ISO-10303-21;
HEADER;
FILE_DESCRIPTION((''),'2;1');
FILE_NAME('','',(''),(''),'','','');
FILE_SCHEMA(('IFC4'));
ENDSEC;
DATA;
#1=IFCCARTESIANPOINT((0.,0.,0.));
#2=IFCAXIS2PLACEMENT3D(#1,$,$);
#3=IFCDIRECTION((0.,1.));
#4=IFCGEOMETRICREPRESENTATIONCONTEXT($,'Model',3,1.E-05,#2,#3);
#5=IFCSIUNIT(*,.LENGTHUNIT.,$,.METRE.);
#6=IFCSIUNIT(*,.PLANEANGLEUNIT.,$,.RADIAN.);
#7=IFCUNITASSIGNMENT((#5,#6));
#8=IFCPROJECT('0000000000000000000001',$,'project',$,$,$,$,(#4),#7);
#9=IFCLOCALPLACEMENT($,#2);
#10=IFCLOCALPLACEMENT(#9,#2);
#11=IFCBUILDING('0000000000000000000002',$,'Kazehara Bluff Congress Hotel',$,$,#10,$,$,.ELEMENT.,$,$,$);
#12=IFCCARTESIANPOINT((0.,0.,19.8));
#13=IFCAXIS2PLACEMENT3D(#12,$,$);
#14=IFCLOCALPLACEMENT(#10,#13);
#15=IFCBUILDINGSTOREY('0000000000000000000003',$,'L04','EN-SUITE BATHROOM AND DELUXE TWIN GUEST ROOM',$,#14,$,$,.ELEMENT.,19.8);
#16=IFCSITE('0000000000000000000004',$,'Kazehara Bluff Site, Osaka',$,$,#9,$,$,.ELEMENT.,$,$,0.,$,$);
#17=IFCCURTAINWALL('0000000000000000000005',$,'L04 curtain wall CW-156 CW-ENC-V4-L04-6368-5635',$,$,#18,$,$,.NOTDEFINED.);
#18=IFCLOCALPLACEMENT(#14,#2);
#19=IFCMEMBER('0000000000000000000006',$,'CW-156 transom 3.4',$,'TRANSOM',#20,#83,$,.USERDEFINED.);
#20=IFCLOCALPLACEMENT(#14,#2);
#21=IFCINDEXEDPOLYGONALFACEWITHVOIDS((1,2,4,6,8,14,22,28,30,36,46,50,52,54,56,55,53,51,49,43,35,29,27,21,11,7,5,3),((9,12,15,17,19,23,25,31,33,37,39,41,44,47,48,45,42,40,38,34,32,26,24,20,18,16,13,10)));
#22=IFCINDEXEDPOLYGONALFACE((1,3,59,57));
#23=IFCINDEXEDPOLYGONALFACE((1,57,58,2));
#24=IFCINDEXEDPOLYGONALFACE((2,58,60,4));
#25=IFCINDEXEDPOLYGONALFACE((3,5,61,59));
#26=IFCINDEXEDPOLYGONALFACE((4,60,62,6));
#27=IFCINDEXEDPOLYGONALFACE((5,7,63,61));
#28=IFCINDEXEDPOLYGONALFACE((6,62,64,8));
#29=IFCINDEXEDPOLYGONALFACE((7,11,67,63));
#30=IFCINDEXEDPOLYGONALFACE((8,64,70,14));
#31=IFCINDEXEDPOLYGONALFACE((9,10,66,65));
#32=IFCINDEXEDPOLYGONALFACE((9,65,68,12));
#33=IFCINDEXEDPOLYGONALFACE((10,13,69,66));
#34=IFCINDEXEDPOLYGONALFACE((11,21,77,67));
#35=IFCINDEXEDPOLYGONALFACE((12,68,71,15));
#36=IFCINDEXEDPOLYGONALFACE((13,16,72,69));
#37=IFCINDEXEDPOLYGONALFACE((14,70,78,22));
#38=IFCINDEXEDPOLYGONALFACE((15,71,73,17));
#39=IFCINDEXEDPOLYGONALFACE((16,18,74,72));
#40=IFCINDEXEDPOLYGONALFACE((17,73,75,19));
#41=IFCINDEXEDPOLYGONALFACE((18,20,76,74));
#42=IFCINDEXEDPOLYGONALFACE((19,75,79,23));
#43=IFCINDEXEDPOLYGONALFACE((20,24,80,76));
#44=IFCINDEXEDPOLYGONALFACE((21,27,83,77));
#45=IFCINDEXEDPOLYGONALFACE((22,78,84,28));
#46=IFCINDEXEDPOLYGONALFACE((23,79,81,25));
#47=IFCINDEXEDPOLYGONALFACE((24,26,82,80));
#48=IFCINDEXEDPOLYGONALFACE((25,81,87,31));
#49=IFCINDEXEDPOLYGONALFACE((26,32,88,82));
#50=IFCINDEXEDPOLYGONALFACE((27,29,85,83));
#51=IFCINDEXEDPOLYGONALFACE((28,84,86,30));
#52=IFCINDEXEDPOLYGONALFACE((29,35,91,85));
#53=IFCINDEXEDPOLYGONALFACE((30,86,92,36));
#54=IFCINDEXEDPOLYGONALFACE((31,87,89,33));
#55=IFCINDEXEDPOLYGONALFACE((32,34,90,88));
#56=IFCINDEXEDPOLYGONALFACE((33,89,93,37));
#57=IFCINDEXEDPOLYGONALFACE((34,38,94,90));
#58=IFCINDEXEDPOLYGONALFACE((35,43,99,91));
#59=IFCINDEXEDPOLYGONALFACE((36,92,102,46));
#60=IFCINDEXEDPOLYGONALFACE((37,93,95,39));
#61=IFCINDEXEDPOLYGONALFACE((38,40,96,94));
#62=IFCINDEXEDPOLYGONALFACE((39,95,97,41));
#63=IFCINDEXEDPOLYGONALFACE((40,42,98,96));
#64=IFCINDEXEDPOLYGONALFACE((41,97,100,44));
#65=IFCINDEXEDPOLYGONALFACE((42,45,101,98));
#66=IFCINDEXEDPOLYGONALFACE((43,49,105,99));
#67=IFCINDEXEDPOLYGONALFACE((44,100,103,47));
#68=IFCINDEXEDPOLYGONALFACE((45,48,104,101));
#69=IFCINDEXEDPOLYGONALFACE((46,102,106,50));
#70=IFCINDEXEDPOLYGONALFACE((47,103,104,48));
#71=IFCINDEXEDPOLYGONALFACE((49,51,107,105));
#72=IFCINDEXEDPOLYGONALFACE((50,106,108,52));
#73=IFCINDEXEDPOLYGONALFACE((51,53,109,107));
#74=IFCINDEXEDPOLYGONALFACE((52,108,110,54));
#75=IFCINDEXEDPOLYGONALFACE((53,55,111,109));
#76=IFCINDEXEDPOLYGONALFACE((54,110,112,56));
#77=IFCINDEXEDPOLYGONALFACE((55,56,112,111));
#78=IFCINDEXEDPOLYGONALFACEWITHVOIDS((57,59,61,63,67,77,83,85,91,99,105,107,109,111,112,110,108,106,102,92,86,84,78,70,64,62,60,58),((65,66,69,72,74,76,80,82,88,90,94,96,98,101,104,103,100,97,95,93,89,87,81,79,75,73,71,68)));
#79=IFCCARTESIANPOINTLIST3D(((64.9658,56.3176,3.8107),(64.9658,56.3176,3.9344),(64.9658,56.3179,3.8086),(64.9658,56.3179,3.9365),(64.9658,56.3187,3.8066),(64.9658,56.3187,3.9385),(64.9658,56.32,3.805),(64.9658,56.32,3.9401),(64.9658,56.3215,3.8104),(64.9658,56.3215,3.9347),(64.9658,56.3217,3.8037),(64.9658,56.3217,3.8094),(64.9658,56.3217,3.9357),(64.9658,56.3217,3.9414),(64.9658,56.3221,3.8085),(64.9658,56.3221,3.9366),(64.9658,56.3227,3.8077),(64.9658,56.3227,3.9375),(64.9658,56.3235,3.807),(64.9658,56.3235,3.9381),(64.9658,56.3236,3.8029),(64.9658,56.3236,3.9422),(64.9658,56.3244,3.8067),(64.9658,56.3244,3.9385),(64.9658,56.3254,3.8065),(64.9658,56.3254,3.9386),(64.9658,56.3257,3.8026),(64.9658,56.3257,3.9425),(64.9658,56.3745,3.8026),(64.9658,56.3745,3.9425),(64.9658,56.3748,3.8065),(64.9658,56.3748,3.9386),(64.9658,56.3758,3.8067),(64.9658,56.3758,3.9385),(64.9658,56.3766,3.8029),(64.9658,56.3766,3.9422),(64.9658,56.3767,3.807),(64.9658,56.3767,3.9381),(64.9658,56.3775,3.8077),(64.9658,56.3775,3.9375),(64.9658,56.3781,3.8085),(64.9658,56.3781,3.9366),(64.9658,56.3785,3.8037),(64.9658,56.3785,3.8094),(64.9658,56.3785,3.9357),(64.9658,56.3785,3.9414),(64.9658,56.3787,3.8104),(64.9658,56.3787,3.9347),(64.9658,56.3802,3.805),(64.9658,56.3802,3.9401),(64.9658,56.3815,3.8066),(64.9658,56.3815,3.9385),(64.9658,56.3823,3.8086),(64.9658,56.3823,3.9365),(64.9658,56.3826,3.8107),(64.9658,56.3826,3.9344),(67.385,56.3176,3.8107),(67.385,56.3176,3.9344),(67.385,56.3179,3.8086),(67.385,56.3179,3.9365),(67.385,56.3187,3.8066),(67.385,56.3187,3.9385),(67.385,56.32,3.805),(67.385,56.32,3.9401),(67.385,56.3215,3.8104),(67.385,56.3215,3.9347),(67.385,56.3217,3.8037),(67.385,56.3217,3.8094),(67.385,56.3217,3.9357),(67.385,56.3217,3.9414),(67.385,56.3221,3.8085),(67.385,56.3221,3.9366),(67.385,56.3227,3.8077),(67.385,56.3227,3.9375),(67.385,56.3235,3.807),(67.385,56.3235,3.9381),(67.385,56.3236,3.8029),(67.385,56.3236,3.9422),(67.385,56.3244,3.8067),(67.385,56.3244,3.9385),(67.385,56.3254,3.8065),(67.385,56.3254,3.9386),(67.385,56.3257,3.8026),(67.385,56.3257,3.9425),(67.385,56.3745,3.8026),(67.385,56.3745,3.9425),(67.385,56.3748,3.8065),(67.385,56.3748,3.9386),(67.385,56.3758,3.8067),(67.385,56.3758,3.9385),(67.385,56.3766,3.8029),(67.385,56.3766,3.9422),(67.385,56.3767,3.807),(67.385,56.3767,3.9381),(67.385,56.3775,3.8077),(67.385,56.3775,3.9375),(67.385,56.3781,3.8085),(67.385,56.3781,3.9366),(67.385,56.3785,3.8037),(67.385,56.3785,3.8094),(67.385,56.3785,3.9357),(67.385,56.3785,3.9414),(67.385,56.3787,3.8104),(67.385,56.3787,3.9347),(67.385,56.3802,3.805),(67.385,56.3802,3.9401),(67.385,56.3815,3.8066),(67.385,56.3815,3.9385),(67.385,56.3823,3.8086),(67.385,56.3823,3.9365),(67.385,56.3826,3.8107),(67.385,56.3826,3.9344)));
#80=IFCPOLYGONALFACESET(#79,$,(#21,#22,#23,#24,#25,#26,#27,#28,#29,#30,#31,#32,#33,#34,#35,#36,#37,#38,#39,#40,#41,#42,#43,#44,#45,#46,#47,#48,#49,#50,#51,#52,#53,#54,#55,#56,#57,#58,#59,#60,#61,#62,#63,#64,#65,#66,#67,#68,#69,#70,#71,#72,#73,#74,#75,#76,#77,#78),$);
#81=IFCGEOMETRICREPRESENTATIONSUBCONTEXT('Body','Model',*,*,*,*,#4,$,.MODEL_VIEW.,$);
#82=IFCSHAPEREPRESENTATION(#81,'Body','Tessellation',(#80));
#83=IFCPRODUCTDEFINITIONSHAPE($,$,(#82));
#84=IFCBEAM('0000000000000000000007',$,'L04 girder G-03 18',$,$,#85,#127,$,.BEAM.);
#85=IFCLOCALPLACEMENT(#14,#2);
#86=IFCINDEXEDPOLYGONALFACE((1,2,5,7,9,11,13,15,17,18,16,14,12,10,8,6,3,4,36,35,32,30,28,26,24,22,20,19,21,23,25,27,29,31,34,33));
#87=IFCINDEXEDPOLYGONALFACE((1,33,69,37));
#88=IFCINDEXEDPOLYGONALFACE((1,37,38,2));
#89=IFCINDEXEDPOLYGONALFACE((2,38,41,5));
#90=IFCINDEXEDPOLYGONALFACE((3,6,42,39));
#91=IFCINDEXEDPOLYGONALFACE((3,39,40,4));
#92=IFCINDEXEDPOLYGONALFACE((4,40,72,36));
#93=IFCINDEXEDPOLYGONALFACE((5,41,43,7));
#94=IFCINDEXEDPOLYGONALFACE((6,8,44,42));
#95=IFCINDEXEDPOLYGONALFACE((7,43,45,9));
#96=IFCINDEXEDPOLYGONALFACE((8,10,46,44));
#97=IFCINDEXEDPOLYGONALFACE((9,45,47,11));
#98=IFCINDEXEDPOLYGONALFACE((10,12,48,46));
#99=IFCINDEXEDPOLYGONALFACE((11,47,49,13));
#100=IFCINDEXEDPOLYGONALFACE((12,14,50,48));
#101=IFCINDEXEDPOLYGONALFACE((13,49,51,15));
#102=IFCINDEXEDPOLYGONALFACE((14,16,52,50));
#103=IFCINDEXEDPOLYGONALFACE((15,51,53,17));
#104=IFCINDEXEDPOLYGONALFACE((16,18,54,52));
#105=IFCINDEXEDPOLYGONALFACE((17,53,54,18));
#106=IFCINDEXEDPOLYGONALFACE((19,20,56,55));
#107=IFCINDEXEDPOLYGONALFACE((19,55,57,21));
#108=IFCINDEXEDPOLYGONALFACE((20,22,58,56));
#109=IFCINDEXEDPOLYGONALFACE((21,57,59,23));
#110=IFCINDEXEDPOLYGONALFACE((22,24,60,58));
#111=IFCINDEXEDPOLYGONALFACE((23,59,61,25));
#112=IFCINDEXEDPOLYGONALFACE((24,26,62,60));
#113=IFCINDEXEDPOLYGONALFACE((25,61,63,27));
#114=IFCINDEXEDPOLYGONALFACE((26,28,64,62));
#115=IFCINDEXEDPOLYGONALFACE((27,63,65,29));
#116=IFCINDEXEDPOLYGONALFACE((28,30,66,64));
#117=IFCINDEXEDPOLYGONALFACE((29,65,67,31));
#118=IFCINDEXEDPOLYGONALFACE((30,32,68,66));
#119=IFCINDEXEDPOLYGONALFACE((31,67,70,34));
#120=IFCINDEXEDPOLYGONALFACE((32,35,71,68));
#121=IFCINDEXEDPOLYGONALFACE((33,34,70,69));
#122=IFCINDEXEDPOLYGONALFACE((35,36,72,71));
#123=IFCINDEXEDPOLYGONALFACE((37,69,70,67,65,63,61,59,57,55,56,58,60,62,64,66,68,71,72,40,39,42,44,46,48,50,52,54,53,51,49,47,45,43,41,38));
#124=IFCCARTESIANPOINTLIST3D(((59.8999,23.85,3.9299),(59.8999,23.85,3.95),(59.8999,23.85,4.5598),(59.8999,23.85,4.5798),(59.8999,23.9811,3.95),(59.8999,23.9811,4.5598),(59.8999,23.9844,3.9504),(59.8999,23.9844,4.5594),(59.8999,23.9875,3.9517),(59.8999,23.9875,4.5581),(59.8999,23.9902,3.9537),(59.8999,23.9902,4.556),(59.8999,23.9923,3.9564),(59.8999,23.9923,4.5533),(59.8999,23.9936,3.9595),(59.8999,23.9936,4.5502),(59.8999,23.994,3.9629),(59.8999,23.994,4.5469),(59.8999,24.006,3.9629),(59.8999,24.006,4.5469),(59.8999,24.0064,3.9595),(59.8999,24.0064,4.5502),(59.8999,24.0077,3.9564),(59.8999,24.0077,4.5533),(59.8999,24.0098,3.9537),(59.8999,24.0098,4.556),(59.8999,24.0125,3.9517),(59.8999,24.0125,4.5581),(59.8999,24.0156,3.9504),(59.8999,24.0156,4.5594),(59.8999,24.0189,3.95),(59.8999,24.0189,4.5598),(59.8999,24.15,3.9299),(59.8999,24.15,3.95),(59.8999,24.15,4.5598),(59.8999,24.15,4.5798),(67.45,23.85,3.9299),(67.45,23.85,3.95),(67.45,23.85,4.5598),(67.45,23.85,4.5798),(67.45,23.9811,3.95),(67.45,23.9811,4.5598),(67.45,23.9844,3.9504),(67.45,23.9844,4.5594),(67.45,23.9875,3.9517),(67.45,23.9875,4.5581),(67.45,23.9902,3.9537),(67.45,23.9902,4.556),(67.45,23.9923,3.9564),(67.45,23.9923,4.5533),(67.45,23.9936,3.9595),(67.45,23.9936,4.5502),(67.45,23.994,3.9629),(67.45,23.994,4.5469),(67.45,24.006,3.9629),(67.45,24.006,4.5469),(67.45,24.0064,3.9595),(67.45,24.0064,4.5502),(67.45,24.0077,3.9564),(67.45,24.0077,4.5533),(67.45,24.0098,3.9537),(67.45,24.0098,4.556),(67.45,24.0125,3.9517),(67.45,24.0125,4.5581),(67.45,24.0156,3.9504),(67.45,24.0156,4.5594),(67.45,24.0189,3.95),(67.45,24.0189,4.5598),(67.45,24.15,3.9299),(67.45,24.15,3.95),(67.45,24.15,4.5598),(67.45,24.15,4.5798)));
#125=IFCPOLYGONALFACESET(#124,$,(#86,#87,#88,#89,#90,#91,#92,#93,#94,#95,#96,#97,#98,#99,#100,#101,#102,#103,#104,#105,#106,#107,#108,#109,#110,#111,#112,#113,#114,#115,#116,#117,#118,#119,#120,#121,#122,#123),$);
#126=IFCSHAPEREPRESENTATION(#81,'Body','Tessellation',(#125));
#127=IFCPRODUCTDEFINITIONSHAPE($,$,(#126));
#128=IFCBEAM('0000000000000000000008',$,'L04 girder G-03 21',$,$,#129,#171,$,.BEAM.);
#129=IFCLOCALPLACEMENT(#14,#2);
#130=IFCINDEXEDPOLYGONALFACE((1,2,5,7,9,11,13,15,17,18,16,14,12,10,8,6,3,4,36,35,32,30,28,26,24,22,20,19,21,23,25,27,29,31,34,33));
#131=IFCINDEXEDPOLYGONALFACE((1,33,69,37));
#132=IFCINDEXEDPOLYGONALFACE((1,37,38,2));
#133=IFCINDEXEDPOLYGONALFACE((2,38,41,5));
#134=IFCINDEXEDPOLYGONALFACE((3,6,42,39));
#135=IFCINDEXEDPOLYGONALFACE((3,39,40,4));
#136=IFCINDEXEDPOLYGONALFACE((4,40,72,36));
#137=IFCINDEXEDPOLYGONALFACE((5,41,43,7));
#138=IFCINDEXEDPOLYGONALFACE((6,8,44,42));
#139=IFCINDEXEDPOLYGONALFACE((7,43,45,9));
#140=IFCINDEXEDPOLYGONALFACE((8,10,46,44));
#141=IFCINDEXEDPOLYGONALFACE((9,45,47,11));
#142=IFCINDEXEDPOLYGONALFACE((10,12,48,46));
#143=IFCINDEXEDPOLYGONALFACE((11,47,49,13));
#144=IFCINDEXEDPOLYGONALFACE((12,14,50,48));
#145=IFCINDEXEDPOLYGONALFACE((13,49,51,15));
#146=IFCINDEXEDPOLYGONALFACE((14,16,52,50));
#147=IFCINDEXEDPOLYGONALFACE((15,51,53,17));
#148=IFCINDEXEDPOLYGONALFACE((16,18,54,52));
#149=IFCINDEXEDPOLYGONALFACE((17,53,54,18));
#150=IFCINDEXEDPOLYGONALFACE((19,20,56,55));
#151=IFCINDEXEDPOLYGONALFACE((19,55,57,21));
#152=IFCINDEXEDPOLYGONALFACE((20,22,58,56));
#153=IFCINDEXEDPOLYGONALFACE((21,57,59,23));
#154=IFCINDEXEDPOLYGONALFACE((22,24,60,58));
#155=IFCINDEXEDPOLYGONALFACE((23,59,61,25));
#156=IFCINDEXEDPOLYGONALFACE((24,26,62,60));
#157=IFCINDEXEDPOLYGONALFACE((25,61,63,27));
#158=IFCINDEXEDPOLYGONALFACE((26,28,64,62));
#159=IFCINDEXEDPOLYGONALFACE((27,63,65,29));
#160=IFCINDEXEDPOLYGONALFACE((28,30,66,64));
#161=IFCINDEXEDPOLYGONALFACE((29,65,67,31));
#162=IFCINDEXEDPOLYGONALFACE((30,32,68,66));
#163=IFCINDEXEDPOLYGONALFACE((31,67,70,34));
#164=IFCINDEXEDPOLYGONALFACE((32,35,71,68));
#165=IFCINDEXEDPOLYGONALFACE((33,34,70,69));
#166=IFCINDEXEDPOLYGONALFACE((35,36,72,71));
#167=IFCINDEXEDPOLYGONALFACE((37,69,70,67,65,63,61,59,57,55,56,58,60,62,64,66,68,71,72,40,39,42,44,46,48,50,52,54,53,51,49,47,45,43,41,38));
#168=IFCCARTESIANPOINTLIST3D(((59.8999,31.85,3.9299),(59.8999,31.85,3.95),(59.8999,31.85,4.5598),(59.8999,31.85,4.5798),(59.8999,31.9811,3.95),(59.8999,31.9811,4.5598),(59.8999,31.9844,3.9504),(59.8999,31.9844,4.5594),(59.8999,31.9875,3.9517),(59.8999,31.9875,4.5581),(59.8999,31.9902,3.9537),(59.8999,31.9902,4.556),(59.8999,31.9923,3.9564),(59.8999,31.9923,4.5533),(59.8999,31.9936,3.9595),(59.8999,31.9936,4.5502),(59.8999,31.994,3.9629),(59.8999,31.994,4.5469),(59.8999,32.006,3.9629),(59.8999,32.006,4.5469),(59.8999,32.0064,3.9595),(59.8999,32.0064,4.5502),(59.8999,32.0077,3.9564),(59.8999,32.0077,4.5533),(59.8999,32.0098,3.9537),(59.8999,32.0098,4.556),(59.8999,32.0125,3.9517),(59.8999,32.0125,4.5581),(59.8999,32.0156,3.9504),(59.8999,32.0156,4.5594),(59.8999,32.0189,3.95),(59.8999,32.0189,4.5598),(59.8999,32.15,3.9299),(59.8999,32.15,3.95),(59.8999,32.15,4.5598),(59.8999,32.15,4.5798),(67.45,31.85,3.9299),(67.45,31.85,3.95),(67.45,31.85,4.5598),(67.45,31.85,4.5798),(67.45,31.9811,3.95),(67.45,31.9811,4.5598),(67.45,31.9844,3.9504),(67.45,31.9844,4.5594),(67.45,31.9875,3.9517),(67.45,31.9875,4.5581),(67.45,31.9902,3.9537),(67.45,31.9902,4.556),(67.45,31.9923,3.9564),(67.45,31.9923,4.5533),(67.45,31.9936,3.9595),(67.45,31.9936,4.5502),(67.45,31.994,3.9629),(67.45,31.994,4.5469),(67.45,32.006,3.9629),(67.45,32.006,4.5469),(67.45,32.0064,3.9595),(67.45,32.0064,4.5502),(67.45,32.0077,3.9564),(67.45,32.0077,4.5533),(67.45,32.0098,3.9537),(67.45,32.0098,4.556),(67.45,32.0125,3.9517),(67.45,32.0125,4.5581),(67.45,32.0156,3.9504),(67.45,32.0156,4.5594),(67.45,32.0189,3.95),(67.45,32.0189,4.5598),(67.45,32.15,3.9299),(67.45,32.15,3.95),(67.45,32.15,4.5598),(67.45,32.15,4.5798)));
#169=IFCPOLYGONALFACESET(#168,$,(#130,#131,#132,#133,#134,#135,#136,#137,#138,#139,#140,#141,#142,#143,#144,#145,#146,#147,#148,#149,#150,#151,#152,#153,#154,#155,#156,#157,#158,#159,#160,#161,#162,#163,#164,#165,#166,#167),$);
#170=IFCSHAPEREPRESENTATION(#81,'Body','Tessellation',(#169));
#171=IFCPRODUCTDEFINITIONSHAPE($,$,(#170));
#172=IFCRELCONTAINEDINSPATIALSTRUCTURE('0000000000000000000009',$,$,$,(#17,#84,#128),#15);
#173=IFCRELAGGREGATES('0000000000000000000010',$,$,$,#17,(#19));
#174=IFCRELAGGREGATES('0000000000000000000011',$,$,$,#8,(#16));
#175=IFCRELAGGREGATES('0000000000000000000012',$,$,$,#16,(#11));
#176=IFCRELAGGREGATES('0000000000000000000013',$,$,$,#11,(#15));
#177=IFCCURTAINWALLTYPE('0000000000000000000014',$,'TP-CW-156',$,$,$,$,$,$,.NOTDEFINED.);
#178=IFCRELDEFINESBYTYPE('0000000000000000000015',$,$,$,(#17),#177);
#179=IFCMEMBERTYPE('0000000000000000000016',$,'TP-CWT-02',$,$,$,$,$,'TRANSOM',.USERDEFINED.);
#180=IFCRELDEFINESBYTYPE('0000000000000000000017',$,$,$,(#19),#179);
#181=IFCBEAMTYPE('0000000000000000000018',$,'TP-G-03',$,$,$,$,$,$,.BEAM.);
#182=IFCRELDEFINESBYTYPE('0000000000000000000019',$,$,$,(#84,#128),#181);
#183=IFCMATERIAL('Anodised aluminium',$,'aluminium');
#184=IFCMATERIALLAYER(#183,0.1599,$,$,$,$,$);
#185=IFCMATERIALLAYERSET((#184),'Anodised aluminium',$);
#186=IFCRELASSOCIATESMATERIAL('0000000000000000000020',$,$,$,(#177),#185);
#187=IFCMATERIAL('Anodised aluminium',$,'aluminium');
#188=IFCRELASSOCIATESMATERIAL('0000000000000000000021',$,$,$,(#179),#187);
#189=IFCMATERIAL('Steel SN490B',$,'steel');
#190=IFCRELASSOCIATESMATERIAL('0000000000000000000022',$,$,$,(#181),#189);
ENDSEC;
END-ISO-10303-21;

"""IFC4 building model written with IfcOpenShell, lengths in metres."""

from ifc_helpers import new_model, si_unit, direction, frame, origin, origin_2d, place, context, subcontext, project, spatial, hollow_rectangle, i_section, extrude, material, layer, layer_set, material_profile, profile_set, type_object, element, aggregate, save


model = new_model("IFC4")

# Units and contexts
model_context = context("Model", 3, precision=1e-05, world=origin(), true_north=direction((0.0, 1.0)))
body_context = subcontext(model_context, "Body", "Model", "MODEL_VIEW")
ifc_project = project(units=[si_unit("LENGTHUNIT", "METRE"), si_unit("PLANEANGLEUNIT", "RADIAN")], contexts=[model_context])

# Site, building, storey
site_placement = place(None, origin())
site = spatial("IfcSite", under=ifc_project, at=site_placement, Name="Kazehara Bluff Site, Osaka", CompositionType="ELEMENT", RefElevation=0.0)
building_placement = place(site_placement, origin())
building = spatial("IfcBuilding", under=site, at=building_placement, Name="Kazehara Bluff Congress Hotel", CompositionType="ELEMENT")
storey_placement = place(building_placement, frame((0.0, 0.0, 19.8)))
storey = spatial("IfcBuildingStorey", under=building, at=storey_placement, Name="L04", Description="EN-SUITE BATHROOM AND DELUXE TWIN GUEST ROOM", CompositionType="ELEMENT", Elevation=19.8)

# Curtain wall, member
ifc_material_1 = material(Name="Anodised aluminium", Category="aluminium")
ifc_layer_1 = layer(ifc_material_1, 0.1599)
ifc_layer_set_1 = layer_set([ifc_layer_1], Name="Anodised aluminium")
curtain_wall_type = type_object("IfcCurtainWallType", Name="TP-CW-156", PredefinedType="NOTDEFINED", material=ifc_layer_set_1)
curtain_wall_placement = place(storey_placement, origin())
curtain_wall = element("IfcCurtainWall", 1, at=curtain_wall_placement, inside=storey, type_object=curtain_wall_type, Name="L04 curtain wall CW-156 CW-ENC-V4-L04-6368-5635", PredefinedType="NOTDEFINED")
ifc_material_2 = material(Name="Anodised aluminium", Category="aluminium")
ifc_material_profile_1 = material_profile(ifc_material_2, hollow_rectangle(XDim=0.0649, YDim=0.1399, WallThickness=0.0039, InnerFilletRadius=0.0039, OuterFilletRadius=0.0081, at=origin_2d()))
ifc_profile_set_1 = profile_set([ifc_material_profile_1], Name="Anodised aluminium")
member_type_1 = type_object("IfcMemberType", Name="TP-CWT-02", ElementType="TRANSOM", PredefinedType="USERDEFINED", material=ifc_profile_set_1)
member_1_placement = place(storey_placement, frame((64.9658, 56.3501, 3.8726), z_axis=(1.0, 0.0, 0.0), x_axis=(0.0, 1.0, 0.0)))
member_1 = element("IfcMember", 2, at=member_1_placement, type_object=member_type_1, Name="CW-156 transom 3.4", ObjectType="TRANSOM", PredefinedType="USERDEFINED", context=body_context, shape_type="SweptSolid", body=[
    extrude(hollow_rectangle(XDim=0.0649, YDim=0.1399, WallThickness=0.0039, InnerFilletRadius=0.0039, OuterFilletRadius=0.0081, at=origin_2d()), origin(), (0.0, 0.0, 1.0), 2.4192),
])

# Beams
ifc_material_3 = material(Name="Steel SN490B", Category="steel")
ifc_material_profile_2 = material_profile(ifc_material_3, i_section(OverallWidth=0.3, OverallDepth=0.6499, WebThickness=0.012, FlangeThickness=0.02, FilletRadius=0.0129, at=origin_2d()))
ifc_profile_set_2 = profile_set([ifc_material_profile_2], Name="Steel SN490B")
beam_type_1 = type_object("IfcBeamType", Name="TP-G-03", PredefinedType="BEAM", material=ifc_profile_set_2)
for number, where, z_axis, x_axis, name in (
    (3, (59.8999, 24.0, 4.2549), (1.0, 0.0, 0.0), (0.0, 1.0, 0.0), "L04 girder G-03 18"),
    (4, (59.8999, 32.0, 4.2549), (1.0, 0.0, 0.0), (0.0, 1.0, 0.0), "L04 girder G-03 21"),
):
    element("IfcBeam", number, at=place(storey_placement, frame(where, z_axis=z_axis, x_axis=x_axis)), inside=storey, type_object=beam_type_1, Name=name, PredefinedType="BEAM", context=body_context, shape_type="SweptSolid", body=[
        extrude(i_section(OverallWidth=0.3, OverallDepth=0.6499, WebThickness=0.012, FlangeThickness=0.02, FilletRadius=0.0129, at=origin_2d()), origin(), (0.0, 0.0, 1.0), 7.55),
    ])

aggregate(curtain_wall, [member_1])

save(model, "model.ifc")
